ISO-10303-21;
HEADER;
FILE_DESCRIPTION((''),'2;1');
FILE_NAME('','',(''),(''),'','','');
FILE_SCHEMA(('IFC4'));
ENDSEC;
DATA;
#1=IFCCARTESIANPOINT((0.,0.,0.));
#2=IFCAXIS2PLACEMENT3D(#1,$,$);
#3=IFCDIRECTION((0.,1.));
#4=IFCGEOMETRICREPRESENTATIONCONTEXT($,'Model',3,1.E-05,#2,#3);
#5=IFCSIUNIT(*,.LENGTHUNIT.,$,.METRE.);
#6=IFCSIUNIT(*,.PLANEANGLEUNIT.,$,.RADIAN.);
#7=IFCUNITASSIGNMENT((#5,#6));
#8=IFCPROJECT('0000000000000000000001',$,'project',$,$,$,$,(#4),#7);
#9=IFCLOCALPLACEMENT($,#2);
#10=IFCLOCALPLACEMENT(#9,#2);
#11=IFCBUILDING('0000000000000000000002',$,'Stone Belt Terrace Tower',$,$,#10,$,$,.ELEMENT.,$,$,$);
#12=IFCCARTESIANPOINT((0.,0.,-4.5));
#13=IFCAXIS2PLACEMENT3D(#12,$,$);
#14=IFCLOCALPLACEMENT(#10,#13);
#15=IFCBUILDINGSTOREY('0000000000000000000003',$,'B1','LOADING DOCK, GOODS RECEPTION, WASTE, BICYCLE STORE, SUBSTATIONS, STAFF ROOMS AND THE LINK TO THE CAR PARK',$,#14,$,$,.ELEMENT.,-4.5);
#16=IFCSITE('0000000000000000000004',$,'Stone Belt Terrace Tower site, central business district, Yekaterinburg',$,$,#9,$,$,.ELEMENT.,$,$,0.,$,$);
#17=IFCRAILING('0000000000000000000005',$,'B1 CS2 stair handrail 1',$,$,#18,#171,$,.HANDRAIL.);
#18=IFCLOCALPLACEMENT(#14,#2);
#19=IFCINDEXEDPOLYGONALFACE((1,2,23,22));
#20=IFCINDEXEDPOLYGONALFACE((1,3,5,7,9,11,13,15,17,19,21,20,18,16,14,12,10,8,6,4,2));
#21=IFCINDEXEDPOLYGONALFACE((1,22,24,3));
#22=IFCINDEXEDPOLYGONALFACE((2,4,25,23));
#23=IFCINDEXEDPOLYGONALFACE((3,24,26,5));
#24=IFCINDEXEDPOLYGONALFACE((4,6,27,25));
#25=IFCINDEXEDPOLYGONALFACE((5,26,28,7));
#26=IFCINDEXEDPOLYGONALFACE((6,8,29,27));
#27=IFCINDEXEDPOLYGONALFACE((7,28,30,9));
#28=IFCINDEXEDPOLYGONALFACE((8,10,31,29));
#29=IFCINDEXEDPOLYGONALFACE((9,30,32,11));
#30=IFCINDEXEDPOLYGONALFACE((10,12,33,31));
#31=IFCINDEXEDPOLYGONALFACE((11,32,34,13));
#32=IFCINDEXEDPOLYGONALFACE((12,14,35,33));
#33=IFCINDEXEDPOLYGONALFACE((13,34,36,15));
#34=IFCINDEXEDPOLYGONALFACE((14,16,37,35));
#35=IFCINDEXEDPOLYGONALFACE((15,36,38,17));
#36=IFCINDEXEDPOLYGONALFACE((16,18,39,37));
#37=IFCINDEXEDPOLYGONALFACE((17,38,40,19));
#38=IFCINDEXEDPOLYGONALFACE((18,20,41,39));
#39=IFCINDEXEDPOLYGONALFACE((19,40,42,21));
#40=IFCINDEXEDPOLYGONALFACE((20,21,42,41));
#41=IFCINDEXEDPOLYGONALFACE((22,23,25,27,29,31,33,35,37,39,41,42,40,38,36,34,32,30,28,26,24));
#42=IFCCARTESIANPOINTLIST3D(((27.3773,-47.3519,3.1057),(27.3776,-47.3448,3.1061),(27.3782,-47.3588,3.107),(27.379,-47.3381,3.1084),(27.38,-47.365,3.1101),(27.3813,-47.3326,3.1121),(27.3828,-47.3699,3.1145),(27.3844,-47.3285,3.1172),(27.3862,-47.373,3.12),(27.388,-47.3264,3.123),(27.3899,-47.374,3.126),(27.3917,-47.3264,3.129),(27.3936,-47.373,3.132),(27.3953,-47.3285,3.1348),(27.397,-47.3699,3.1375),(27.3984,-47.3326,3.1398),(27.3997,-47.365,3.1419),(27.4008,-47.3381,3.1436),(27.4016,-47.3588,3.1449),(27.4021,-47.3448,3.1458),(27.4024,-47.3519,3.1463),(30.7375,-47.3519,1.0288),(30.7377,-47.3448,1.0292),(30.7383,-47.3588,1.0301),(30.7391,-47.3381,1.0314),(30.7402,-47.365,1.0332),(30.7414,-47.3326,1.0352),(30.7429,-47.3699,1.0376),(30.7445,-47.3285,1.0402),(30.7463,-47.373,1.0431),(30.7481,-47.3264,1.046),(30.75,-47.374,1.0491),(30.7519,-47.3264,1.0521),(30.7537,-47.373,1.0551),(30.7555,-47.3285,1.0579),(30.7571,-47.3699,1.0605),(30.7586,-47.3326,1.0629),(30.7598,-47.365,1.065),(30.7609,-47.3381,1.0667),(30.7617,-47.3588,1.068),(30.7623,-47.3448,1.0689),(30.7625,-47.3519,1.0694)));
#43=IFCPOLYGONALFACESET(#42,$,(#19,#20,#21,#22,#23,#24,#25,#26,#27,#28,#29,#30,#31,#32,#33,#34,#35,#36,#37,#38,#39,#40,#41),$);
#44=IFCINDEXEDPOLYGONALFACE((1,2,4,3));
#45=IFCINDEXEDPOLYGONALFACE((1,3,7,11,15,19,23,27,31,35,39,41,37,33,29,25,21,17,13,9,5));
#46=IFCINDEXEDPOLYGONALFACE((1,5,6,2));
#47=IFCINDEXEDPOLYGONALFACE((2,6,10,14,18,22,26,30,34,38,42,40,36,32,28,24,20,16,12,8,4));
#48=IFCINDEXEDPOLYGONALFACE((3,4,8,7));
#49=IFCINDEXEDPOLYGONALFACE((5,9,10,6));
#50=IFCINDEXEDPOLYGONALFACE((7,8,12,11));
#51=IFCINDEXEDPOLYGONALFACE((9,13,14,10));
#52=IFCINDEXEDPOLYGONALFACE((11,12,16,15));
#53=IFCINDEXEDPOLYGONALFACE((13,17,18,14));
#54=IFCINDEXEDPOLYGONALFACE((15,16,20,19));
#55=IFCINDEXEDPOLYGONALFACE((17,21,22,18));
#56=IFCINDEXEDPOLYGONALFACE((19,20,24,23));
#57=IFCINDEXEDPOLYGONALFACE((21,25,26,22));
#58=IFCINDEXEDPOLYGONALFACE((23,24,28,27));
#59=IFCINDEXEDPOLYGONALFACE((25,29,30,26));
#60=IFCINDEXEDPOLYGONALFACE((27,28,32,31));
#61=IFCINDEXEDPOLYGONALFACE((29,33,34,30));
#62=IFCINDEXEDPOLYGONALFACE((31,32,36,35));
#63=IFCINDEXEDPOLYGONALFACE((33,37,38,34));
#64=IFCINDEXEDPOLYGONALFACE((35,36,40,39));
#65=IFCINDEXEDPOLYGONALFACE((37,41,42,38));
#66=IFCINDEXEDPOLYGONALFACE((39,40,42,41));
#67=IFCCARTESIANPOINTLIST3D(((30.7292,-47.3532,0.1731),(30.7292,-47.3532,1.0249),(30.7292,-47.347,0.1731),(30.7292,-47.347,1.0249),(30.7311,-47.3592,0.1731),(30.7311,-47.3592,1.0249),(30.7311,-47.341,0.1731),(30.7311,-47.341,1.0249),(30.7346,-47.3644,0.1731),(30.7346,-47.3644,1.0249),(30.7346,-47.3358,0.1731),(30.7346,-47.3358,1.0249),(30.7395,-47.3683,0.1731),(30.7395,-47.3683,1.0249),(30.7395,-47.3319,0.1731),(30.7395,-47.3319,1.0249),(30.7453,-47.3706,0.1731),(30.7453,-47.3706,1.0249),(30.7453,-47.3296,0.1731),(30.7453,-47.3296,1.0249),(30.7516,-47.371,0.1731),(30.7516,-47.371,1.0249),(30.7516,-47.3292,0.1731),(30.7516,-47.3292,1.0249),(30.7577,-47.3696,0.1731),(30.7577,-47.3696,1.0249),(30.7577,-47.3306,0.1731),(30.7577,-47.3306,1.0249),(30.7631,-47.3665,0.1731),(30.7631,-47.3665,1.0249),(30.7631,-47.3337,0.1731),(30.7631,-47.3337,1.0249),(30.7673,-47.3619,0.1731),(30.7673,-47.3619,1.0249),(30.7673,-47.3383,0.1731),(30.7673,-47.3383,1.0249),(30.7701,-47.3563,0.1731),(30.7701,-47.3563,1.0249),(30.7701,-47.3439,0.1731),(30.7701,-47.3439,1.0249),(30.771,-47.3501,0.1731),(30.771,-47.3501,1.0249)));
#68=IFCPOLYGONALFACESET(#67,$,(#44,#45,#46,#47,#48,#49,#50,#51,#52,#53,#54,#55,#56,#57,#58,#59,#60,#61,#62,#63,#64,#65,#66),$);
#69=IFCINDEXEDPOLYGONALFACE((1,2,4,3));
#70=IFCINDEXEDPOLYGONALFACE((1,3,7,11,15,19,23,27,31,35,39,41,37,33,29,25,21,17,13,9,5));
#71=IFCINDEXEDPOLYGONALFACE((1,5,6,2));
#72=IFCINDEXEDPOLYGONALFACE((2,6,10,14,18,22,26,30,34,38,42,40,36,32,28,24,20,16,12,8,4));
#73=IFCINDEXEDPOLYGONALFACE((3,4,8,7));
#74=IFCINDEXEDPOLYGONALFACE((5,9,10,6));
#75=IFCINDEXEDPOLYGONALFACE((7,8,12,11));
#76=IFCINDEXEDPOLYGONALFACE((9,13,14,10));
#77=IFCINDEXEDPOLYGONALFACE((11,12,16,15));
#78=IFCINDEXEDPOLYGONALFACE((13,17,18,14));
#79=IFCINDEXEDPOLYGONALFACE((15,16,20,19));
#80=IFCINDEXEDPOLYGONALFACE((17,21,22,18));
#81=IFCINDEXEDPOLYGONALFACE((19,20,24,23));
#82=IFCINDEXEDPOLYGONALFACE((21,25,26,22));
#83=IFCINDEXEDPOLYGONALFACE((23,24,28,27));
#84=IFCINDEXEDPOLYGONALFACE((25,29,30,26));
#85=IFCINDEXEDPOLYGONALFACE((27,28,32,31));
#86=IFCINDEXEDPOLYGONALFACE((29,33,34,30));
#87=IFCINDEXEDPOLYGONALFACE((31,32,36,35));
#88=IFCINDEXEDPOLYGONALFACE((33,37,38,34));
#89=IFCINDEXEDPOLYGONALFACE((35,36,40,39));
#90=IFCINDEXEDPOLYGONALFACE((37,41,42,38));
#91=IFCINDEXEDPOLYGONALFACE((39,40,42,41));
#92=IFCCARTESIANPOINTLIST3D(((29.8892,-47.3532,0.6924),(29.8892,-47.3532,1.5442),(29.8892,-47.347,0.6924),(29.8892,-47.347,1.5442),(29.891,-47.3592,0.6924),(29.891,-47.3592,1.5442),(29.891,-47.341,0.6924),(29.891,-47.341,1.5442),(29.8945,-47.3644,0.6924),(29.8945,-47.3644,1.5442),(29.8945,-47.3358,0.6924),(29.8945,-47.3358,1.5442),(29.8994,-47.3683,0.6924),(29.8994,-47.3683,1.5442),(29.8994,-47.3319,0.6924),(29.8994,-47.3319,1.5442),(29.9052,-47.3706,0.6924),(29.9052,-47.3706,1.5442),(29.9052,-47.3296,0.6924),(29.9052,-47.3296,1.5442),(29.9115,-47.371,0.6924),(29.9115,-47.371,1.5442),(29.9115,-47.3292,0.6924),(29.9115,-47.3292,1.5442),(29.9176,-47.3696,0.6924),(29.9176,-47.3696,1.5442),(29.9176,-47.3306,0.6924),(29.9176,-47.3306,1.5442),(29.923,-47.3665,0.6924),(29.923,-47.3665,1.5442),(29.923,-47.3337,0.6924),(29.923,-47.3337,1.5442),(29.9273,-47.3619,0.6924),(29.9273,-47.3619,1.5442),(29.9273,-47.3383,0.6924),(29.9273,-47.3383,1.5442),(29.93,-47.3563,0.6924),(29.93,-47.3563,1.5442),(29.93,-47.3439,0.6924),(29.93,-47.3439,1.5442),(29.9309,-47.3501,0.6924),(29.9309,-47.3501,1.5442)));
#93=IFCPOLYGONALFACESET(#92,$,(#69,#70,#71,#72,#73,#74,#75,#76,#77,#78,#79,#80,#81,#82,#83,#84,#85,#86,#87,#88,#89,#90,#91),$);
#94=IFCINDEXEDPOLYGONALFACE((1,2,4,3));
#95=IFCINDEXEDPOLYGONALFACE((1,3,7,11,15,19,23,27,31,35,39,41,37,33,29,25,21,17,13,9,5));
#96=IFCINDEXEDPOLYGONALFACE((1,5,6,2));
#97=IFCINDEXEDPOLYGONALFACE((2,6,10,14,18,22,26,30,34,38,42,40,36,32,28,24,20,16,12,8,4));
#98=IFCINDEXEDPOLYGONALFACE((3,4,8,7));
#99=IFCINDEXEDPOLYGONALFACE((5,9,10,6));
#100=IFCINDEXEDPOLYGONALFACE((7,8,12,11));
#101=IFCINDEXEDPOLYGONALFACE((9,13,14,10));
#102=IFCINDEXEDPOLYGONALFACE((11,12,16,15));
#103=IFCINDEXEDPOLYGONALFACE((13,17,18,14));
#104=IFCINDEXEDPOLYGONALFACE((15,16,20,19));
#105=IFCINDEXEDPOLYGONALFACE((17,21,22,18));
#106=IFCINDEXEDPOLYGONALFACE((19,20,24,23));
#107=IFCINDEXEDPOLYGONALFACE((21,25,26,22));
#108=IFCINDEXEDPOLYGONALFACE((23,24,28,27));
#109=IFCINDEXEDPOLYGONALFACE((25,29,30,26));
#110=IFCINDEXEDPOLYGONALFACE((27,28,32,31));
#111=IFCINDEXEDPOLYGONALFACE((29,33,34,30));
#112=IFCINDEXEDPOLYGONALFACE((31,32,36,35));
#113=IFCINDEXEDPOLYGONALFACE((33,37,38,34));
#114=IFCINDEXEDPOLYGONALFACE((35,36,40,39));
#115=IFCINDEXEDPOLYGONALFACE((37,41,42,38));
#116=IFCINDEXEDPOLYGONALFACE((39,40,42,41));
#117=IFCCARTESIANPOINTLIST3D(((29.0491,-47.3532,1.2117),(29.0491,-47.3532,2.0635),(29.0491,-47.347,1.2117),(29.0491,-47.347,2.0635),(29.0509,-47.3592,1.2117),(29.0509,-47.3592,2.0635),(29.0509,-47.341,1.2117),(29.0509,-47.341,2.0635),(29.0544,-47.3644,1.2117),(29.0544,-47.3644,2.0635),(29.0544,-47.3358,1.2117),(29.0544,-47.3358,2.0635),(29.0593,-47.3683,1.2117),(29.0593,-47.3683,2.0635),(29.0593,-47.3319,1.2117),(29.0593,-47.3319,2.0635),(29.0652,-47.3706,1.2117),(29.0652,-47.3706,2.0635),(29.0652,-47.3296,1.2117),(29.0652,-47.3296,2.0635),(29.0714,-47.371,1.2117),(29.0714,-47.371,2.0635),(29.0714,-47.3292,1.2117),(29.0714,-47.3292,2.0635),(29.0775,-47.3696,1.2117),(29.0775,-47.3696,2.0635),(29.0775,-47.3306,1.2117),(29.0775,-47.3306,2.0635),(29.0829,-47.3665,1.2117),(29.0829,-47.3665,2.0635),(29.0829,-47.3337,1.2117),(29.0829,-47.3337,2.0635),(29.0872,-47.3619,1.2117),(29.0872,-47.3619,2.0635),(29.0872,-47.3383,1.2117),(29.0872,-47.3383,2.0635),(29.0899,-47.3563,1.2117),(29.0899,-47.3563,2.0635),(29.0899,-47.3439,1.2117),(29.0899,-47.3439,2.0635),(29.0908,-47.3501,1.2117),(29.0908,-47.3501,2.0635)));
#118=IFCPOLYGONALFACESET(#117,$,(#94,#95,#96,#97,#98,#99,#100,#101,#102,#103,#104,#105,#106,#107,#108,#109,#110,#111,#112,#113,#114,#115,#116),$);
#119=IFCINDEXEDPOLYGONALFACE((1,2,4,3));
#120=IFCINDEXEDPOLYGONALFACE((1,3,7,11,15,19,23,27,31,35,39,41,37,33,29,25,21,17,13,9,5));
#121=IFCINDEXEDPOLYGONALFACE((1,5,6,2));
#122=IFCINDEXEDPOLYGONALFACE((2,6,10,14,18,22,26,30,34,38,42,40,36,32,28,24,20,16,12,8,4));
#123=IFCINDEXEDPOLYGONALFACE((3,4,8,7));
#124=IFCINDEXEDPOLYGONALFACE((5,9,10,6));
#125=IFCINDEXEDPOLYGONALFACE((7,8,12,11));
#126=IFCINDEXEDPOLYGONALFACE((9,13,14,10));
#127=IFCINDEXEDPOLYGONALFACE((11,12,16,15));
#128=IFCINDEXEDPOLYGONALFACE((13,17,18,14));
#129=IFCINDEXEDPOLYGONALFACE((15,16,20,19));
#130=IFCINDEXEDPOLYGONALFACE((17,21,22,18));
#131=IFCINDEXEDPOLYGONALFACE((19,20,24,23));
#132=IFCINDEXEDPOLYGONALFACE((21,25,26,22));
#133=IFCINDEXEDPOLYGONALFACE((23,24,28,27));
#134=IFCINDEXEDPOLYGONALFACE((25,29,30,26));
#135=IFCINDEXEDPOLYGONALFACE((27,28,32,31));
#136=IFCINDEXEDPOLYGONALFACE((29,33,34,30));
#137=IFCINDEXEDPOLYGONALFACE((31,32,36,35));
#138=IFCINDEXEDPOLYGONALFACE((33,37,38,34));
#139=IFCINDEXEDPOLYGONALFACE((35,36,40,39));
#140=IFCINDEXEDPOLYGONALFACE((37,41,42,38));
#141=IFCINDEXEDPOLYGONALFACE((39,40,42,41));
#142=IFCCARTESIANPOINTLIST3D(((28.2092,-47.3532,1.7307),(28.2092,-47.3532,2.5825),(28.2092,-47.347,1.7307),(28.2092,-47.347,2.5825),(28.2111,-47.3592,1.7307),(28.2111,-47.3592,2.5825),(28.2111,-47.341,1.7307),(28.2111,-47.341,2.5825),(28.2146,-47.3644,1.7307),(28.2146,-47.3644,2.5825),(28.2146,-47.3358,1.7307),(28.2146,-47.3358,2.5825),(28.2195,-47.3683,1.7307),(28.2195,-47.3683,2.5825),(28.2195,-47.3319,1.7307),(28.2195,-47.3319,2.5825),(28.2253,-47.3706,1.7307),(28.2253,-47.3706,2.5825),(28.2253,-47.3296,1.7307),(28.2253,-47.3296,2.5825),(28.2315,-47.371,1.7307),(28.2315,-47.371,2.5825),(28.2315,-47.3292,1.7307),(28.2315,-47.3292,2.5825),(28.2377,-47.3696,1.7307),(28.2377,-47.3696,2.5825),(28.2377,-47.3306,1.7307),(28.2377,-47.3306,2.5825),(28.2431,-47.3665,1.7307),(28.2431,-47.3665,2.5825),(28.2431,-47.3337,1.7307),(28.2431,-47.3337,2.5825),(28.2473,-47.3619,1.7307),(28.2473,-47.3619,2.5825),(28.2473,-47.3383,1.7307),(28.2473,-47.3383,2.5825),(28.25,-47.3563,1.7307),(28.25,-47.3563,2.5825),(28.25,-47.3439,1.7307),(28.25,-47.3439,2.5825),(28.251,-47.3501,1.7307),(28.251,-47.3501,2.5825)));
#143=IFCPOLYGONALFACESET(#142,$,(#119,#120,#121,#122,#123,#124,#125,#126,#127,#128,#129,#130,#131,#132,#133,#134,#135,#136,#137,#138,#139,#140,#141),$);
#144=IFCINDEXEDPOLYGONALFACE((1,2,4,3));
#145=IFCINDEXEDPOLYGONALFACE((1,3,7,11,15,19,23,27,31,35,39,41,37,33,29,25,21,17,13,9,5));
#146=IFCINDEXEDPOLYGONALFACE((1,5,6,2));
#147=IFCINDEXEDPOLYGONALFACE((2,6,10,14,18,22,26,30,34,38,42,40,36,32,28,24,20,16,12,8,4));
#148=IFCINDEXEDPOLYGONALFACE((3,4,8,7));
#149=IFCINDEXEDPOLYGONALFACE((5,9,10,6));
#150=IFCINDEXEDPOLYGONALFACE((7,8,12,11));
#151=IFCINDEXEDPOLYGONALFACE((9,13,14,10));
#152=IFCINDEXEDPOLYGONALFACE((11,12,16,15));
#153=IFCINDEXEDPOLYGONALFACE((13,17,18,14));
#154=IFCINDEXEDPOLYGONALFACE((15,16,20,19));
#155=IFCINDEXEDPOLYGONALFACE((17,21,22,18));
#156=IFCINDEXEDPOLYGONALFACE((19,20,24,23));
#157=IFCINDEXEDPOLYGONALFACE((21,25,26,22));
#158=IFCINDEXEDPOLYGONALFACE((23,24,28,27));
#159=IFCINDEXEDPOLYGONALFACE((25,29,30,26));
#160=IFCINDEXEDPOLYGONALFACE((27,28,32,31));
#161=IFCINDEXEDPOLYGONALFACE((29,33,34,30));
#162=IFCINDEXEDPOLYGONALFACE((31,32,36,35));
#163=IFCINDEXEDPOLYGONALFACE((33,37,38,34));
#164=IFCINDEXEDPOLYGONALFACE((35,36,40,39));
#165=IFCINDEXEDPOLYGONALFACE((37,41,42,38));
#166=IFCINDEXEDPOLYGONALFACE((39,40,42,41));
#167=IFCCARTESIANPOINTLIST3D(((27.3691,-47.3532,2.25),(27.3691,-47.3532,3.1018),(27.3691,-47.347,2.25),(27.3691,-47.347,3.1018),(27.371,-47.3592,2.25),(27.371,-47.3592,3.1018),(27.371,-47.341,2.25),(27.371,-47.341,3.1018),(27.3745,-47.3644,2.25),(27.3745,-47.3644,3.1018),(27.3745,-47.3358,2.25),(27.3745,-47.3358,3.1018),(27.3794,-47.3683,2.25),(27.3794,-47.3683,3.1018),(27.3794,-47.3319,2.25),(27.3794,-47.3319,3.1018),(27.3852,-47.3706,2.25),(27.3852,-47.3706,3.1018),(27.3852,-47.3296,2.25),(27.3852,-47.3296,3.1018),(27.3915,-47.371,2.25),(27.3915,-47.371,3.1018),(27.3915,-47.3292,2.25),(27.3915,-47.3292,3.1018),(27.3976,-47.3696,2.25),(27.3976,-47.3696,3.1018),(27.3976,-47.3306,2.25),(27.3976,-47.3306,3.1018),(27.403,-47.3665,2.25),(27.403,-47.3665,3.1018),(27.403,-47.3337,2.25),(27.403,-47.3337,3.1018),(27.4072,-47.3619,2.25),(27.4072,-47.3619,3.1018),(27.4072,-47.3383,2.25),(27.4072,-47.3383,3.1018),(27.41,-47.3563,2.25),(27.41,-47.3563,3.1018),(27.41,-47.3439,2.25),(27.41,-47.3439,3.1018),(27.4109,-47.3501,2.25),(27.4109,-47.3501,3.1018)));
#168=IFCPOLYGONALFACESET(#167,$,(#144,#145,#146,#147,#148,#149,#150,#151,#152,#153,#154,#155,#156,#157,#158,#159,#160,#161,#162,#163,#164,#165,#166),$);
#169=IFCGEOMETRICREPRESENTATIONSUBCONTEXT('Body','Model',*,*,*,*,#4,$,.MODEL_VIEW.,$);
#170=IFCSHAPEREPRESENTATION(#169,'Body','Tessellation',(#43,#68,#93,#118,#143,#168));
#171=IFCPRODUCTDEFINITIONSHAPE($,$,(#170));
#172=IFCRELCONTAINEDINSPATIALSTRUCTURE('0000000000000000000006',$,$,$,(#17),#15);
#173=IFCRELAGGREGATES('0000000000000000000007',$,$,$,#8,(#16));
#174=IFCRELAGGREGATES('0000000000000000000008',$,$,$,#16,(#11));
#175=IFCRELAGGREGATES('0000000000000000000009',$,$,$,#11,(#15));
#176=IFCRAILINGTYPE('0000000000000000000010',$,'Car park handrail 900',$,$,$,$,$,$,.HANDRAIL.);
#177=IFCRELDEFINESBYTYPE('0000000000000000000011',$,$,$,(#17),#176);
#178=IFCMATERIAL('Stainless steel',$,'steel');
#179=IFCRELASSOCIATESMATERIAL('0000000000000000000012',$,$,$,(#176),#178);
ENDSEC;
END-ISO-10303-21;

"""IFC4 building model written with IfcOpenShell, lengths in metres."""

from ifc_helpers import new_model, si_unit, direction, frame, origin, origin_2d, place, context, subcontext, project, spatial, circle, extrude, material, type_object, element, save


model = new_model("IFC4")

# Units and contexts
model_context = context("Model", 3, precision=1e-05, world=origin(), true_north=direction((0.0, 1.0)))
body_context = subcontext(model_context, "Body", "Model", "MODEL_VIEW")
ifc_project = project(units=[si_unit("LENGTHUNIT", "METRE"), si_unit("PLANEANGLEUNIT", "RADIAN")], contexts=[model_context])

# Site, building, storey
site_placement = place(None, origin())
site = spatial("IfcSite", under=ifc_project, at=site_placement, Name="Stone Belt Terrace Tower site, central business district, Yekaterinburg", CompositionType="ELEMENT", RefElevation=0.0)
building_placement = place(site_placement, origin())
building = spatial("IfcBuilding", under=site, at=building_placement, Name="Stone Belt Terrace Tower", CompositionType="ELEMENT")
storey_placement = place(building_placement, frame((0.0, 0.0, -4.5)))
storey = spatial("IfcBuildingStorey", under=building, at=storey_placement, Name="B1", Description="LOADING DOCK, GOODS RECEPTION, WASTE, BICYCLE STORE, SUBSTATIONS, STAFF ROOMS AND THE LINK TO THE CAR PARK", CompositionType="ELEMENT", Elevation=-4.5)

# Railing
ifc_material_1 = material(Name="Stainless steel", Category="steel")
railing_type_1 = type_object("IfcRailingType", Name="Car park handrail 900", PredefinedType="HANDRAIL", material=ifc_material_1)
railing_1_placement = place(storey_placement, frame((30.75, -47.3501, 0.1731)))
element("IfcRailing", 1, at=railing_1_placement, inside=storey, type_object=railing_type_1, Name="B1 CS2 stair handrail 1", PredefinedType="HANDRAIL", context=body_context, shape_type="SweptSolid", body=[
    extrude(circle(Radius=0.0239, at=origin_2d()), frame((0.0, 0.0, 0.876), z_axis=(-0.850623, 0.0, 0.525776), x_axis=(0.0, -1.0, 0.0)), (0.0, 0.0, 1.0), 3.9502),
    extrude(circle(Radius=0.021, at=origin_2d()), origin(), (0.0, 0.0, 1.0), 0.8518),
    extrude(circle(Radius=0.021, at=origin_2d()), frame((-0.8401, 0.0, 0.5193)), (0.0, 0.0, 1.0), 0.8518),
    extrude(circle(Radius=0.021, at=origin_2d()), frame((-1.6802, 0.0, 1.0386)), (0.0, 0.0, 1.0), 0.8518),
    extrude(circle(Radius=0.021, at=origin_2d()), frame((-2.52, 0.0, 1.5576)), (0.0, 0.0, 1.0), 0.8518),
    extrude(circle(Radius=0.021, at=origin_2d()), frame((-3.3601, 0.0, 2.0769)), (0.0, 0.0, 1.0), 0.8518),
])

save(model, "model.ifc")
